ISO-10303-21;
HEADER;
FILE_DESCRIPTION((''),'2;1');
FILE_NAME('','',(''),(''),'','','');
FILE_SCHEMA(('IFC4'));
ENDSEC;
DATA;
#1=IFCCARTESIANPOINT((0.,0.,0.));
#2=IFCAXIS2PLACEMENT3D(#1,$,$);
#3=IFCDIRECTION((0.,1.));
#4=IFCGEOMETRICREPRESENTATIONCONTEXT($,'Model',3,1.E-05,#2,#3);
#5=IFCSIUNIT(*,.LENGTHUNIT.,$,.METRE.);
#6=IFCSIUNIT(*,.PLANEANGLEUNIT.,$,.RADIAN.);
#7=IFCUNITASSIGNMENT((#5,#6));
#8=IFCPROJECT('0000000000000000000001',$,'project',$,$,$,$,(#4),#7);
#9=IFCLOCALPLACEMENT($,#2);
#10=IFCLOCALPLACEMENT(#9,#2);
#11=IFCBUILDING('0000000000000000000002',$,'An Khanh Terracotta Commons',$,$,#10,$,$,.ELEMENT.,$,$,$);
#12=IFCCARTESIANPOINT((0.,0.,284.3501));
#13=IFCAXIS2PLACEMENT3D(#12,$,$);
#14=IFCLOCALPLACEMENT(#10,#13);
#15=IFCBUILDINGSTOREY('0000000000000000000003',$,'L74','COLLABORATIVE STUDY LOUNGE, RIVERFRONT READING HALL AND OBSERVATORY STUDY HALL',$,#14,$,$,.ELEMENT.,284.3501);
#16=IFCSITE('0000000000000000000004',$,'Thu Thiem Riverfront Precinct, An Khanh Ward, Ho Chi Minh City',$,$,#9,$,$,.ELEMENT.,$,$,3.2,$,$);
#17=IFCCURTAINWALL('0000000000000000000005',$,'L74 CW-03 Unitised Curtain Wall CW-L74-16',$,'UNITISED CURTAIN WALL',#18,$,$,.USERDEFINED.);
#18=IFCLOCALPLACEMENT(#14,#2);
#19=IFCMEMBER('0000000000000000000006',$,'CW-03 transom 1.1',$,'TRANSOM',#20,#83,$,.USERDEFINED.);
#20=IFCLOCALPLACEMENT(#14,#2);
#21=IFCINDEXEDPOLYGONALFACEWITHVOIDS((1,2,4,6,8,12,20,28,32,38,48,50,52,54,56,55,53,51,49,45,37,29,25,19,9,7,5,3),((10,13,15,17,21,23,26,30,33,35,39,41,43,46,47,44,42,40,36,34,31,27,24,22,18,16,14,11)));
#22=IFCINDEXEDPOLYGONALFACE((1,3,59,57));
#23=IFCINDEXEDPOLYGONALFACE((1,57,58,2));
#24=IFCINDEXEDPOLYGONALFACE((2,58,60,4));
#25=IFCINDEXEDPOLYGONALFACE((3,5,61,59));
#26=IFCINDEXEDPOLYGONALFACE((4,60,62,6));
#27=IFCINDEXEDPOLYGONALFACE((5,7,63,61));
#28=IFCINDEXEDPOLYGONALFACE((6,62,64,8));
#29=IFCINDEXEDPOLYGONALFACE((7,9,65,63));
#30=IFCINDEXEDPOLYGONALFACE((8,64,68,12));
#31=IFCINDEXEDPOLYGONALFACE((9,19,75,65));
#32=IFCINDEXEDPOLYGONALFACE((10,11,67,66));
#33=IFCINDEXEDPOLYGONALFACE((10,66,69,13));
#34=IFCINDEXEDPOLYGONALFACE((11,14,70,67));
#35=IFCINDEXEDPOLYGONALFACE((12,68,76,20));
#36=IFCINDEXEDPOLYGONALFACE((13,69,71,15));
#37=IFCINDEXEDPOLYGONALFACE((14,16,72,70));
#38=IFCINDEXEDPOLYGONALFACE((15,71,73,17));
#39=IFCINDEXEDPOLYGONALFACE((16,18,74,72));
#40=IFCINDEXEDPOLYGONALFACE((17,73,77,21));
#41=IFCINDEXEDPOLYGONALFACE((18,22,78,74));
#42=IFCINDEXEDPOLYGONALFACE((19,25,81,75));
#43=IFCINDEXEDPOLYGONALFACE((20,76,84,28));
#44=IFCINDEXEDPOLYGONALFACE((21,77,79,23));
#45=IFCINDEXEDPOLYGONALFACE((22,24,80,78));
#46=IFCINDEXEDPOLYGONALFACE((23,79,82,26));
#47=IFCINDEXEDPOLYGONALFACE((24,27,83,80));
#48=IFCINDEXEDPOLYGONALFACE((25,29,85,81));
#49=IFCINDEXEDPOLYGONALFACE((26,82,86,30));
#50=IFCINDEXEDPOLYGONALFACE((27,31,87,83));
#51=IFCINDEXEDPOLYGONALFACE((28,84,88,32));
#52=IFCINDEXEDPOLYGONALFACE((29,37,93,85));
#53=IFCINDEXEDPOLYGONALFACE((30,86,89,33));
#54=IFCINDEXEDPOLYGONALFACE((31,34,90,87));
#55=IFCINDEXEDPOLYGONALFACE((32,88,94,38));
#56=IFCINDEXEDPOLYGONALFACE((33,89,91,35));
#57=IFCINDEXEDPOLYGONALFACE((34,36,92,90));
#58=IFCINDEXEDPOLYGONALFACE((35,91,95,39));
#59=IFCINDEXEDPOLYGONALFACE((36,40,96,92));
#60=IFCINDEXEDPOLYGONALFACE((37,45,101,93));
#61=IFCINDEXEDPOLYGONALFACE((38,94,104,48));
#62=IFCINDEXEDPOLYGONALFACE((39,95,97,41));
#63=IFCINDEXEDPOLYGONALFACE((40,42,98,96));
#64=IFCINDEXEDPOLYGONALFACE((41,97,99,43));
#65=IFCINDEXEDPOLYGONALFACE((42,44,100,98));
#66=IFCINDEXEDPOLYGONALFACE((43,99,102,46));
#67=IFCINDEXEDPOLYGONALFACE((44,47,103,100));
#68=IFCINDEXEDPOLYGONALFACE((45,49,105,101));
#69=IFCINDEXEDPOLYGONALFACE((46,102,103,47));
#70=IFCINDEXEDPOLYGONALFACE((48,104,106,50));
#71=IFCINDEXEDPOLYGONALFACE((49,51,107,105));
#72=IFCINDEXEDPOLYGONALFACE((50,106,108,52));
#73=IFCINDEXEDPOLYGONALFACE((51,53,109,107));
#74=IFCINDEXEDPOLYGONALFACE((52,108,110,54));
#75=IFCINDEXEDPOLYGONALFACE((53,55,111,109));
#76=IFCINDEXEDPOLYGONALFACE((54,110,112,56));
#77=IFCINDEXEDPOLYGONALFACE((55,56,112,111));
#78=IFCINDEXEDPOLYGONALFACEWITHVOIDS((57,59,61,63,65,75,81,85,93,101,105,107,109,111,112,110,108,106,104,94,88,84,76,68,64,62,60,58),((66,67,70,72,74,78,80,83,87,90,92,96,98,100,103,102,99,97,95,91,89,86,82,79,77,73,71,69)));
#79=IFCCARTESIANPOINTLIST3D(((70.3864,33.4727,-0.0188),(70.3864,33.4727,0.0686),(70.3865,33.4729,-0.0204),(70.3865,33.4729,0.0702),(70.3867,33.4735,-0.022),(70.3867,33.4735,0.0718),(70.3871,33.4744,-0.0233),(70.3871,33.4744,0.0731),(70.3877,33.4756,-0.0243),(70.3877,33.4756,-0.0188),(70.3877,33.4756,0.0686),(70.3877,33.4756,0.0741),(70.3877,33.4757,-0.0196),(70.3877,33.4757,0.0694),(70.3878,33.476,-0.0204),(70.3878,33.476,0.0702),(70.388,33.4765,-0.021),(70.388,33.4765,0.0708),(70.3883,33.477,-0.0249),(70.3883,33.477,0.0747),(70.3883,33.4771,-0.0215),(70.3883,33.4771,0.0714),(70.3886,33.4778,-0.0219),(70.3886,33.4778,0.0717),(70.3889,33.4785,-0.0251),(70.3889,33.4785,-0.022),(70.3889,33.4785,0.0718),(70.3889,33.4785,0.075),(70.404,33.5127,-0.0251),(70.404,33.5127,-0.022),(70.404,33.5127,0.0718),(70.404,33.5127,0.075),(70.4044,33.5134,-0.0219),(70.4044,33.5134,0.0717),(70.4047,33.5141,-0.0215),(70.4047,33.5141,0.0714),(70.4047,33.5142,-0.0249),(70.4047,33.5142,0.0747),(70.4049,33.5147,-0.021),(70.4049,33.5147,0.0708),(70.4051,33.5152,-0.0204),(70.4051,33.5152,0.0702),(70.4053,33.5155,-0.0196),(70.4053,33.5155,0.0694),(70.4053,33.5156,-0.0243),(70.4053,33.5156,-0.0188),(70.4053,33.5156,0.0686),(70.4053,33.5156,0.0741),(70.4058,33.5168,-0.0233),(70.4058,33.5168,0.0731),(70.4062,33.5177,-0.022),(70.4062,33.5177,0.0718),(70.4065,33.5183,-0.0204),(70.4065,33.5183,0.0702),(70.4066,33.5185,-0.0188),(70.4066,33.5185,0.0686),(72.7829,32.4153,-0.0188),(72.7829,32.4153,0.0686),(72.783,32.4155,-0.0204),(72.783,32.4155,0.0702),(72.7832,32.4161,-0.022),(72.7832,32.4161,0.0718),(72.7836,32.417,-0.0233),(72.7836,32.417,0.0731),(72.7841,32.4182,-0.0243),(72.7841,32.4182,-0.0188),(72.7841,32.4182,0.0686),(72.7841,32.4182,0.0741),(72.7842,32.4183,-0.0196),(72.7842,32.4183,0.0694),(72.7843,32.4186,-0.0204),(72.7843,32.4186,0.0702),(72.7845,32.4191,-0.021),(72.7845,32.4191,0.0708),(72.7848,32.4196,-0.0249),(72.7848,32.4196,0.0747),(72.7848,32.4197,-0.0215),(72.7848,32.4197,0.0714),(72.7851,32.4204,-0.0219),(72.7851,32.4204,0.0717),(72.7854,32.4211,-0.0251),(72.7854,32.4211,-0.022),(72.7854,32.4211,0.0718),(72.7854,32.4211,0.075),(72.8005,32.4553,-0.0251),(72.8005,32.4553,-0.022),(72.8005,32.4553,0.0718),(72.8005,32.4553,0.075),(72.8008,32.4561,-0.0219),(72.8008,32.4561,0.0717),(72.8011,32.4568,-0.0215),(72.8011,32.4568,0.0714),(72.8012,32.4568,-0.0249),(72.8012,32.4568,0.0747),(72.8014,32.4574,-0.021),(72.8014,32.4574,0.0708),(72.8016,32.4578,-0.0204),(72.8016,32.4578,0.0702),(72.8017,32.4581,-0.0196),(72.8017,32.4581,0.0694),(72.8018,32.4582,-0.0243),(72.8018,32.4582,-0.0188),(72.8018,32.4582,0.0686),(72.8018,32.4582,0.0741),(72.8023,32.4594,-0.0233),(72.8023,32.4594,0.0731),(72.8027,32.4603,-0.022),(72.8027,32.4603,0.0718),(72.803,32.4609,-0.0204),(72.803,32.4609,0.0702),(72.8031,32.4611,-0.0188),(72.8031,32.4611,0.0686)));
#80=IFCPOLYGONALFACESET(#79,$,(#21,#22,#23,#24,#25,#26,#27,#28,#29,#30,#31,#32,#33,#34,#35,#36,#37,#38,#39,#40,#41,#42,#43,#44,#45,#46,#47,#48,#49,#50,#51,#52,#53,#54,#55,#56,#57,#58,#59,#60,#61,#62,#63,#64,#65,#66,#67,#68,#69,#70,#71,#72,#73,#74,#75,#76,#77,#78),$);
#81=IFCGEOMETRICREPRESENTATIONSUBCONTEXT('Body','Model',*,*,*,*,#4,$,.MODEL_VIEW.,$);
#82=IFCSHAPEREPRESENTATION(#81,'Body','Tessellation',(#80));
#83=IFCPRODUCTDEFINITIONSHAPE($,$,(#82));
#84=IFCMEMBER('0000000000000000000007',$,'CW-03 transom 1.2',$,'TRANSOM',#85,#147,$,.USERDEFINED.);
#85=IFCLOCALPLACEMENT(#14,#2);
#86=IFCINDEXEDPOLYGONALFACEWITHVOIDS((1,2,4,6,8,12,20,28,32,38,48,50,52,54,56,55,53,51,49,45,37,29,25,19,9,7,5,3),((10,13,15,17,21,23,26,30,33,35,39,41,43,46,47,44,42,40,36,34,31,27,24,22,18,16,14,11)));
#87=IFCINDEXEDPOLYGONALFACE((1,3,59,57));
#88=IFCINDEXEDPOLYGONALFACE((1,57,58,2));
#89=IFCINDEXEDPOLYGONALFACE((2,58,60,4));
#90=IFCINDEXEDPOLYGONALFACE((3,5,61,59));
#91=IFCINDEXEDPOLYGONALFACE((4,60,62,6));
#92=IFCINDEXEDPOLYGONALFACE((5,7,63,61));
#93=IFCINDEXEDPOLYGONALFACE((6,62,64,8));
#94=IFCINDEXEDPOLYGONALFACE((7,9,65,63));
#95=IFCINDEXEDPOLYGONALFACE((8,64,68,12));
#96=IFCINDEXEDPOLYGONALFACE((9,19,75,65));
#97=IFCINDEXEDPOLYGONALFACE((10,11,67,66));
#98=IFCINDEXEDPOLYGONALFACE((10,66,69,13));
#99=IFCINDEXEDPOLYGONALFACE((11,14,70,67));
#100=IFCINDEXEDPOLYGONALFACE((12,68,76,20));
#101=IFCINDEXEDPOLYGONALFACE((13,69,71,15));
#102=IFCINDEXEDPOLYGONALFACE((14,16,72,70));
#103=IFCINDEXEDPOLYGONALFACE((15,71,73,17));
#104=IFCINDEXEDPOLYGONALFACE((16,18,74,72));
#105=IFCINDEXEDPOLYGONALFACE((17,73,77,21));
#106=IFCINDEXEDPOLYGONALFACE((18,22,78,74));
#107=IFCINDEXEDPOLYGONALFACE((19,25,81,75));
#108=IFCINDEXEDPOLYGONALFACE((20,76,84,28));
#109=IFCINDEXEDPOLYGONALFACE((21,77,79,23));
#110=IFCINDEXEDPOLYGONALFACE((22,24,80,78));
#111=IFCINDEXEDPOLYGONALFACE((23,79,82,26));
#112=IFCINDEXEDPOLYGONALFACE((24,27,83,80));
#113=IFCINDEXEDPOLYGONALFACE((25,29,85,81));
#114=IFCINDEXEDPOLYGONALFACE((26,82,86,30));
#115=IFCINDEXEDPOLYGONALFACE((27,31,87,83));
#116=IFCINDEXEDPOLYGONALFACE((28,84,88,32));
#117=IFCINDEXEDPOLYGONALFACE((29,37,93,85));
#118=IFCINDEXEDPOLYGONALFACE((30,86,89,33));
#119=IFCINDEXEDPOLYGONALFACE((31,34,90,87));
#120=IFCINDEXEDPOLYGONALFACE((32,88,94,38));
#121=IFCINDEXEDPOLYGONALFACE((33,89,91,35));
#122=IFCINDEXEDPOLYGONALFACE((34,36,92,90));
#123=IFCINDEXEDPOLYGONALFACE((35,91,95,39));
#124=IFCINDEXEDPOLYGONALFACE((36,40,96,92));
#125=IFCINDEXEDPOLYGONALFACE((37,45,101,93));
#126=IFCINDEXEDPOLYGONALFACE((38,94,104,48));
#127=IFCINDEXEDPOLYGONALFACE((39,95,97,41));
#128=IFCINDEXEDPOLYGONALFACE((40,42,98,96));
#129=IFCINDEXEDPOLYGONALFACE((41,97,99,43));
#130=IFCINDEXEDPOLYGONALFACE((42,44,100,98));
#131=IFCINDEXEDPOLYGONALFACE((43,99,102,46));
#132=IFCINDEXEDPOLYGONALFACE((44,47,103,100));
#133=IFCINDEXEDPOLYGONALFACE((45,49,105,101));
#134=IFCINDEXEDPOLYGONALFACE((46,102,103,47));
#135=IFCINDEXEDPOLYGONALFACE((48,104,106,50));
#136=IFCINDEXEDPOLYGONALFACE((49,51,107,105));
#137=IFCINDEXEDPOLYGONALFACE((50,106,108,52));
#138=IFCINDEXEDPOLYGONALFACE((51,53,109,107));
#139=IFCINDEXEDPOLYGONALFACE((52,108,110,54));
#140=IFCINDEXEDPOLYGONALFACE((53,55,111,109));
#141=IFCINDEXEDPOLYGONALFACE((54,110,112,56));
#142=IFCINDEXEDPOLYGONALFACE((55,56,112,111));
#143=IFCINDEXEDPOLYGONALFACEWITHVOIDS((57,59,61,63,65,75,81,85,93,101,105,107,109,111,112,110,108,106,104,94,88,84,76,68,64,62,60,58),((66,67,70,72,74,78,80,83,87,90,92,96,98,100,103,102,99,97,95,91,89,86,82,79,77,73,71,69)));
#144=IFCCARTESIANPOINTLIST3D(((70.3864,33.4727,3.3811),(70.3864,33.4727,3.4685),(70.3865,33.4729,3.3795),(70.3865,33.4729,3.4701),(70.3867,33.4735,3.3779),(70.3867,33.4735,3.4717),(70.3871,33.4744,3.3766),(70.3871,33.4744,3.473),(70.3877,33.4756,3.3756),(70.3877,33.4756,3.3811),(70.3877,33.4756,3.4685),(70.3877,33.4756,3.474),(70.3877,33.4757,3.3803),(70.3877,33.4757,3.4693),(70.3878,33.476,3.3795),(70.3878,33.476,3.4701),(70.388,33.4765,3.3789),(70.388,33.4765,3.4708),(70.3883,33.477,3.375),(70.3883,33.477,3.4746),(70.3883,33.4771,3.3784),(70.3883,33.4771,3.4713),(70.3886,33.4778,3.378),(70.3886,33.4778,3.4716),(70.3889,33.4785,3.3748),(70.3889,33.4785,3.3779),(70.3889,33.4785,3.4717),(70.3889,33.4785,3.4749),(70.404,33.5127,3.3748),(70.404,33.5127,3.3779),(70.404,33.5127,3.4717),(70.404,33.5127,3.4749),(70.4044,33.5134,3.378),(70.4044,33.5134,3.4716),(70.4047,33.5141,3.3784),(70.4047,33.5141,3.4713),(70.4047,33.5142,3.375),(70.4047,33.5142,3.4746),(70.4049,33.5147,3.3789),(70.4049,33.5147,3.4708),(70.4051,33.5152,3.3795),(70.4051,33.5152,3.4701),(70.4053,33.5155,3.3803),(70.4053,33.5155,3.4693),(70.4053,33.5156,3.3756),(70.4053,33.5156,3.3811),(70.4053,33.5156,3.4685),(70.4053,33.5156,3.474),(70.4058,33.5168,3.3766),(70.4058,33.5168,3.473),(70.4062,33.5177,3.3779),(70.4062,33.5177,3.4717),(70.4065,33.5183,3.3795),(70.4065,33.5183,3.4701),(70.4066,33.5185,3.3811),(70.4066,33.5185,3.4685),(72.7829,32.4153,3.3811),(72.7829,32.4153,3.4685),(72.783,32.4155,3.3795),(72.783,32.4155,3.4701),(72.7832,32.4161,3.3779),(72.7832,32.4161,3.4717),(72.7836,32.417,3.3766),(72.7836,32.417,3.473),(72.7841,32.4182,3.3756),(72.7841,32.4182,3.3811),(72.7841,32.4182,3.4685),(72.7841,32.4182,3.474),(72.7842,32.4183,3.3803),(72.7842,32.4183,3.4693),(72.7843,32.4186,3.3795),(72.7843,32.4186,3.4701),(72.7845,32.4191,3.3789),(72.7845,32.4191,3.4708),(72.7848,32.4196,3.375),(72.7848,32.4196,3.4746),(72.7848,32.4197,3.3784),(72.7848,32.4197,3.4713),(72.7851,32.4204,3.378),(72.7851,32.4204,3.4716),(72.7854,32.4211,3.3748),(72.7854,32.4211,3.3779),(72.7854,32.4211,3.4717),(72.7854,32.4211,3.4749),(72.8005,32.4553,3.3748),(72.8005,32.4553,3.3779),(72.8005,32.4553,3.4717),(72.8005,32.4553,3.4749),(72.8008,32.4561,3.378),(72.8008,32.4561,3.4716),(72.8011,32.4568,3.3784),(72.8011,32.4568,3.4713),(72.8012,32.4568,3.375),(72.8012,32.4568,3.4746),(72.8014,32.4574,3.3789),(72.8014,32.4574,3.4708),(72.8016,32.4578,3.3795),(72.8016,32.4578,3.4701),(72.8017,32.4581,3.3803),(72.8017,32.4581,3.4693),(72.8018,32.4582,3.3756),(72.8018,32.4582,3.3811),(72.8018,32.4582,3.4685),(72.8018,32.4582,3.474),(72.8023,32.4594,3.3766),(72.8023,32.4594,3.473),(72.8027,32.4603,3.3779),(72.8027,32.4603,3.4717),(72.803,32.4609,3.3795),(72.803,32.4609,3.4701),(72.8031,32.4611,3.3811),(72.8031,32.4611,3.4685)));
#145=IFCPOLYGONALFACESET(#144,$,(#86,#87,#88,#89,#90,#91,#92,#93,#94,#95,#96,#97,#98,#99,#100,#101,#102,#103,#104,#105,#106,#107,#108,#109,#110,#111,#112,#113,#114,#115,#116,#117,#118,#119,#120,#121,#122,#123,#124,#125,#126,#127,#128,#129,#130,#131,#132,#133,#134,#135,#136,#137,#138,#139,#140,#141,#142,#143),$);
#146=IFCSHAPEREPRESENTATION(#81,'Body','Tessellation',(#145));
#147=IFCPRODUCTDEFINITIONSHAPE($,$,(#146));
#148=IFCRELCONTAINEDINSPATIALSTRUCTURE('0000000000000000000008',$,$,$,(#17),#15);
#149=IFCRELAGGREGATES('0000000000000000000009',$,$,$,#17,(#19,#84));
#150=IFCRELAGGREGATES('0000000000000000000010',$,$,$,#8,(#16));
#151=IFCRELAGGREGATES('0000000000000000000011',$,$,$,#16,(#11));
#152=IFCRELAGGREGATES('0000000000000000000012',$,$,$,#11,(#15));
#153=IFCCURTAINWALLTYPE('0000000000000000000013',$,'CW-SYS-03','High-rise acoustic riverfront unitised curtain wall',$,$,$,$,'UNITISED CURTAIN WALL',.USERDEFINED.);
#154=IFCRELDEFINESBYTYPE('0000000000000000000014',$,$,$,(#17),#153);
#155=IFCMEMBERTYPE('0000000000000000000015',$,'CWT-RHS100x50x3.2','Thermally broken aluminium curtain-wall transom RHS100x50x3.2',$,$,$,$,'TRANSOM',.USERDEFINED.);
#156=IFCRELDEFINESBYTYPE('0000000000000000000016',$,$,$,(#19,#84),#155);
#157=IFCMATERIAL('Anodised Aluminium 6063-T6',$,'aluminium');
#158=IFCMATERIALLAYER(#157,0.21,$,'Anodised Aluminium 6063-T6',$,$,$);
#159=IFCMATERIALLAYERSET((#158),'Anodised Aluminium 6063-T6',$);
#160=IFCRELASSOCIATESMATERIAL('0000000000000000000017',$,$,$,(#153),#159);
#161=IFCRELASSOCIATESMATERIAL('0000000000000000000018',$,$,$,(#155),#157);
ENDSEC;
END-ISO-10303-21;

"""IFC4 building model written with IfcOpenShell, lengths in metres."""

from ifc_helpers import new_model, si_unit, direction, frame, origin, origin_2d, place, context, subcontext, project, spatial, hollow_rectangle, extrude, material, layer, layer_set, material_profile, profile_set, type_object, element, aggregate, save


model = new_model("IFC4")

# Units and contexts
model_context = context("Model", 3, precision=1e-05, world=origin(), true_north=direction((0.0, 1.0)))
body_context = subcontext(model_context, "Body", "Model", "MODEL_VIEW")
ifc_project = project(units=[si_unit("LENGTHUNIT", "METRE"), si_unit("PLANEANGLEUNIT", "RADIAN")], contexts=[model_context])

# Site, building, storey
site_placement = place(None, origin())
site = spatial("IfcSite", under=ifc_project, at=site_placement, Name="Thu Thiem Riverfront Precinct, An Khanh Ward, Ho Chi Minh City", CompositionType="ELEMENT", RefElevation=3.2)
building_placement = place(site_placement, origin())
building = spatial("IfcBuilding", under=site, at=building_placement, Name="An Khanh Terracotta Commons", CompositionType="ELEMENT")
storey_placement = place(building_placement, frame((0.0, 0.0, 284.3501)))
storey = spatial("IfcBuildingStorey", under=building, at=storey_placement, Name="L74", Description="COLLABORATIVE STUDY LOUNGE, RIVERFRONT READING HALL AND OBSERVATORY STUDY HALL", CompositionType="ELEMENT", Elevation=284.3501)

# Curtain wall
ifc_material_1 = material(Name="Anodised Aluminium 6063-T6", Category="aluminium")
ifc_layer_1 = layer(ifc_material_1, 0.21, Name="Anodised Aluminium 6063-T6")
ifc_layer_set_1 = layer_set([ifc_layer_1], Name="Anodised Aluminium 6063-T6")
curtain_wall_type = type_object("IfcCurtainWallType", Name="CW-SYS-03", Description="High-rise acoustic riverfront unitised curtain wall", ElementType="UNITISED CURTAIN WALL", PredefinedType="USERDEFINED", material=ifc_layer_set_1)
curtain_wall_1_placement = place(storey_placement, origin())
curtain_wall_1 = element("IfcCurtainWall", 1, at=curtain_wall_1_placement, inside=storey, type_object=curtain_wall_type, Name="L74 CW-03 Unitised Curtain Wall CW-L74-16", ObjectType="UNITISED CURTAIN WALL", PredefinedType="USERDEFINED")

# Members
ifc_material_profile_1 = material_profile(ifc_material_1, hollow_rectangle(XDim=0.05, YDim=0.1001, WallThickness=0.0032, InnerFilletRadius=0.0032, OuterFilletRadius=0.0063, at=origin_2d()), Name="RHS100x50x3.2")
ifc_profile_set_1 = profile_set([ifc_material_profile_1], Name="Anodised Aluminium 6063-T6")
member_type_1 = type_object("IfcMemberType", Name="CWT-RHS100x50x3.2", Description="Thermally broken aluminium curtain-wall transom RHS100x50x3.2", ElementType="TRANSOM", PredefinedType="USERDEFINED", material=ifc_profile_set_1)
member_1_placement = place(storey_placement, frame((72.793, 32.4382, 0.0249), z_axis=(-0.914904, 0.403672, 0.0), x_axis=(-0.403672, -0.914904, 0.0)))
member_1 = element("IfcMember", 2, at=member_1_placement, type_object=member_type_1, Name="CW-03 transom 1.1", ObjectType="TRANSOM", PredefinedType="USERDEFINED", context=body_context, shape_type="SweptSolid", body=[
    extrude(hollow_rectangle(XDim=0.05, YDim=0.1001, WallThickness=0.0032, InnerFilletRadius=0.0032, OuterFilletRadius=0.0063, at=origin_2d()), origin(), (0.0, 0.0, 1.0), 2.6194),
])
member_2_placement = place(storey_placement, frame((72.793, 32.4382, 3.4248), z_axis=(-0.914904, 0.403672, 0.0), x_axis=(-0.403672, -0.914904, 0.0)))
member_2 = element("IfcMember", 3, at=member_2_placement, type_object=member_type_1, Name="CW-03 transom 1.2", ObjectType="TRANSOM", PredefinedType="USERDEFINED", context=body_context, shape_type="SweptSolid", body=[
    extrude(hollow_rectangle(XDim=0.05, YDim=0.1001, WallThickness=0.0032, InnerFilletRadius=0.0032, OuterFilletRadius=0.0063, at=origin_2d()), origin(), (0.0, 0.0, 1.0), 2.6194),
])

aggregate(curtain_wall_1, [member_1, member_2])

save(model, "model.ifc")
